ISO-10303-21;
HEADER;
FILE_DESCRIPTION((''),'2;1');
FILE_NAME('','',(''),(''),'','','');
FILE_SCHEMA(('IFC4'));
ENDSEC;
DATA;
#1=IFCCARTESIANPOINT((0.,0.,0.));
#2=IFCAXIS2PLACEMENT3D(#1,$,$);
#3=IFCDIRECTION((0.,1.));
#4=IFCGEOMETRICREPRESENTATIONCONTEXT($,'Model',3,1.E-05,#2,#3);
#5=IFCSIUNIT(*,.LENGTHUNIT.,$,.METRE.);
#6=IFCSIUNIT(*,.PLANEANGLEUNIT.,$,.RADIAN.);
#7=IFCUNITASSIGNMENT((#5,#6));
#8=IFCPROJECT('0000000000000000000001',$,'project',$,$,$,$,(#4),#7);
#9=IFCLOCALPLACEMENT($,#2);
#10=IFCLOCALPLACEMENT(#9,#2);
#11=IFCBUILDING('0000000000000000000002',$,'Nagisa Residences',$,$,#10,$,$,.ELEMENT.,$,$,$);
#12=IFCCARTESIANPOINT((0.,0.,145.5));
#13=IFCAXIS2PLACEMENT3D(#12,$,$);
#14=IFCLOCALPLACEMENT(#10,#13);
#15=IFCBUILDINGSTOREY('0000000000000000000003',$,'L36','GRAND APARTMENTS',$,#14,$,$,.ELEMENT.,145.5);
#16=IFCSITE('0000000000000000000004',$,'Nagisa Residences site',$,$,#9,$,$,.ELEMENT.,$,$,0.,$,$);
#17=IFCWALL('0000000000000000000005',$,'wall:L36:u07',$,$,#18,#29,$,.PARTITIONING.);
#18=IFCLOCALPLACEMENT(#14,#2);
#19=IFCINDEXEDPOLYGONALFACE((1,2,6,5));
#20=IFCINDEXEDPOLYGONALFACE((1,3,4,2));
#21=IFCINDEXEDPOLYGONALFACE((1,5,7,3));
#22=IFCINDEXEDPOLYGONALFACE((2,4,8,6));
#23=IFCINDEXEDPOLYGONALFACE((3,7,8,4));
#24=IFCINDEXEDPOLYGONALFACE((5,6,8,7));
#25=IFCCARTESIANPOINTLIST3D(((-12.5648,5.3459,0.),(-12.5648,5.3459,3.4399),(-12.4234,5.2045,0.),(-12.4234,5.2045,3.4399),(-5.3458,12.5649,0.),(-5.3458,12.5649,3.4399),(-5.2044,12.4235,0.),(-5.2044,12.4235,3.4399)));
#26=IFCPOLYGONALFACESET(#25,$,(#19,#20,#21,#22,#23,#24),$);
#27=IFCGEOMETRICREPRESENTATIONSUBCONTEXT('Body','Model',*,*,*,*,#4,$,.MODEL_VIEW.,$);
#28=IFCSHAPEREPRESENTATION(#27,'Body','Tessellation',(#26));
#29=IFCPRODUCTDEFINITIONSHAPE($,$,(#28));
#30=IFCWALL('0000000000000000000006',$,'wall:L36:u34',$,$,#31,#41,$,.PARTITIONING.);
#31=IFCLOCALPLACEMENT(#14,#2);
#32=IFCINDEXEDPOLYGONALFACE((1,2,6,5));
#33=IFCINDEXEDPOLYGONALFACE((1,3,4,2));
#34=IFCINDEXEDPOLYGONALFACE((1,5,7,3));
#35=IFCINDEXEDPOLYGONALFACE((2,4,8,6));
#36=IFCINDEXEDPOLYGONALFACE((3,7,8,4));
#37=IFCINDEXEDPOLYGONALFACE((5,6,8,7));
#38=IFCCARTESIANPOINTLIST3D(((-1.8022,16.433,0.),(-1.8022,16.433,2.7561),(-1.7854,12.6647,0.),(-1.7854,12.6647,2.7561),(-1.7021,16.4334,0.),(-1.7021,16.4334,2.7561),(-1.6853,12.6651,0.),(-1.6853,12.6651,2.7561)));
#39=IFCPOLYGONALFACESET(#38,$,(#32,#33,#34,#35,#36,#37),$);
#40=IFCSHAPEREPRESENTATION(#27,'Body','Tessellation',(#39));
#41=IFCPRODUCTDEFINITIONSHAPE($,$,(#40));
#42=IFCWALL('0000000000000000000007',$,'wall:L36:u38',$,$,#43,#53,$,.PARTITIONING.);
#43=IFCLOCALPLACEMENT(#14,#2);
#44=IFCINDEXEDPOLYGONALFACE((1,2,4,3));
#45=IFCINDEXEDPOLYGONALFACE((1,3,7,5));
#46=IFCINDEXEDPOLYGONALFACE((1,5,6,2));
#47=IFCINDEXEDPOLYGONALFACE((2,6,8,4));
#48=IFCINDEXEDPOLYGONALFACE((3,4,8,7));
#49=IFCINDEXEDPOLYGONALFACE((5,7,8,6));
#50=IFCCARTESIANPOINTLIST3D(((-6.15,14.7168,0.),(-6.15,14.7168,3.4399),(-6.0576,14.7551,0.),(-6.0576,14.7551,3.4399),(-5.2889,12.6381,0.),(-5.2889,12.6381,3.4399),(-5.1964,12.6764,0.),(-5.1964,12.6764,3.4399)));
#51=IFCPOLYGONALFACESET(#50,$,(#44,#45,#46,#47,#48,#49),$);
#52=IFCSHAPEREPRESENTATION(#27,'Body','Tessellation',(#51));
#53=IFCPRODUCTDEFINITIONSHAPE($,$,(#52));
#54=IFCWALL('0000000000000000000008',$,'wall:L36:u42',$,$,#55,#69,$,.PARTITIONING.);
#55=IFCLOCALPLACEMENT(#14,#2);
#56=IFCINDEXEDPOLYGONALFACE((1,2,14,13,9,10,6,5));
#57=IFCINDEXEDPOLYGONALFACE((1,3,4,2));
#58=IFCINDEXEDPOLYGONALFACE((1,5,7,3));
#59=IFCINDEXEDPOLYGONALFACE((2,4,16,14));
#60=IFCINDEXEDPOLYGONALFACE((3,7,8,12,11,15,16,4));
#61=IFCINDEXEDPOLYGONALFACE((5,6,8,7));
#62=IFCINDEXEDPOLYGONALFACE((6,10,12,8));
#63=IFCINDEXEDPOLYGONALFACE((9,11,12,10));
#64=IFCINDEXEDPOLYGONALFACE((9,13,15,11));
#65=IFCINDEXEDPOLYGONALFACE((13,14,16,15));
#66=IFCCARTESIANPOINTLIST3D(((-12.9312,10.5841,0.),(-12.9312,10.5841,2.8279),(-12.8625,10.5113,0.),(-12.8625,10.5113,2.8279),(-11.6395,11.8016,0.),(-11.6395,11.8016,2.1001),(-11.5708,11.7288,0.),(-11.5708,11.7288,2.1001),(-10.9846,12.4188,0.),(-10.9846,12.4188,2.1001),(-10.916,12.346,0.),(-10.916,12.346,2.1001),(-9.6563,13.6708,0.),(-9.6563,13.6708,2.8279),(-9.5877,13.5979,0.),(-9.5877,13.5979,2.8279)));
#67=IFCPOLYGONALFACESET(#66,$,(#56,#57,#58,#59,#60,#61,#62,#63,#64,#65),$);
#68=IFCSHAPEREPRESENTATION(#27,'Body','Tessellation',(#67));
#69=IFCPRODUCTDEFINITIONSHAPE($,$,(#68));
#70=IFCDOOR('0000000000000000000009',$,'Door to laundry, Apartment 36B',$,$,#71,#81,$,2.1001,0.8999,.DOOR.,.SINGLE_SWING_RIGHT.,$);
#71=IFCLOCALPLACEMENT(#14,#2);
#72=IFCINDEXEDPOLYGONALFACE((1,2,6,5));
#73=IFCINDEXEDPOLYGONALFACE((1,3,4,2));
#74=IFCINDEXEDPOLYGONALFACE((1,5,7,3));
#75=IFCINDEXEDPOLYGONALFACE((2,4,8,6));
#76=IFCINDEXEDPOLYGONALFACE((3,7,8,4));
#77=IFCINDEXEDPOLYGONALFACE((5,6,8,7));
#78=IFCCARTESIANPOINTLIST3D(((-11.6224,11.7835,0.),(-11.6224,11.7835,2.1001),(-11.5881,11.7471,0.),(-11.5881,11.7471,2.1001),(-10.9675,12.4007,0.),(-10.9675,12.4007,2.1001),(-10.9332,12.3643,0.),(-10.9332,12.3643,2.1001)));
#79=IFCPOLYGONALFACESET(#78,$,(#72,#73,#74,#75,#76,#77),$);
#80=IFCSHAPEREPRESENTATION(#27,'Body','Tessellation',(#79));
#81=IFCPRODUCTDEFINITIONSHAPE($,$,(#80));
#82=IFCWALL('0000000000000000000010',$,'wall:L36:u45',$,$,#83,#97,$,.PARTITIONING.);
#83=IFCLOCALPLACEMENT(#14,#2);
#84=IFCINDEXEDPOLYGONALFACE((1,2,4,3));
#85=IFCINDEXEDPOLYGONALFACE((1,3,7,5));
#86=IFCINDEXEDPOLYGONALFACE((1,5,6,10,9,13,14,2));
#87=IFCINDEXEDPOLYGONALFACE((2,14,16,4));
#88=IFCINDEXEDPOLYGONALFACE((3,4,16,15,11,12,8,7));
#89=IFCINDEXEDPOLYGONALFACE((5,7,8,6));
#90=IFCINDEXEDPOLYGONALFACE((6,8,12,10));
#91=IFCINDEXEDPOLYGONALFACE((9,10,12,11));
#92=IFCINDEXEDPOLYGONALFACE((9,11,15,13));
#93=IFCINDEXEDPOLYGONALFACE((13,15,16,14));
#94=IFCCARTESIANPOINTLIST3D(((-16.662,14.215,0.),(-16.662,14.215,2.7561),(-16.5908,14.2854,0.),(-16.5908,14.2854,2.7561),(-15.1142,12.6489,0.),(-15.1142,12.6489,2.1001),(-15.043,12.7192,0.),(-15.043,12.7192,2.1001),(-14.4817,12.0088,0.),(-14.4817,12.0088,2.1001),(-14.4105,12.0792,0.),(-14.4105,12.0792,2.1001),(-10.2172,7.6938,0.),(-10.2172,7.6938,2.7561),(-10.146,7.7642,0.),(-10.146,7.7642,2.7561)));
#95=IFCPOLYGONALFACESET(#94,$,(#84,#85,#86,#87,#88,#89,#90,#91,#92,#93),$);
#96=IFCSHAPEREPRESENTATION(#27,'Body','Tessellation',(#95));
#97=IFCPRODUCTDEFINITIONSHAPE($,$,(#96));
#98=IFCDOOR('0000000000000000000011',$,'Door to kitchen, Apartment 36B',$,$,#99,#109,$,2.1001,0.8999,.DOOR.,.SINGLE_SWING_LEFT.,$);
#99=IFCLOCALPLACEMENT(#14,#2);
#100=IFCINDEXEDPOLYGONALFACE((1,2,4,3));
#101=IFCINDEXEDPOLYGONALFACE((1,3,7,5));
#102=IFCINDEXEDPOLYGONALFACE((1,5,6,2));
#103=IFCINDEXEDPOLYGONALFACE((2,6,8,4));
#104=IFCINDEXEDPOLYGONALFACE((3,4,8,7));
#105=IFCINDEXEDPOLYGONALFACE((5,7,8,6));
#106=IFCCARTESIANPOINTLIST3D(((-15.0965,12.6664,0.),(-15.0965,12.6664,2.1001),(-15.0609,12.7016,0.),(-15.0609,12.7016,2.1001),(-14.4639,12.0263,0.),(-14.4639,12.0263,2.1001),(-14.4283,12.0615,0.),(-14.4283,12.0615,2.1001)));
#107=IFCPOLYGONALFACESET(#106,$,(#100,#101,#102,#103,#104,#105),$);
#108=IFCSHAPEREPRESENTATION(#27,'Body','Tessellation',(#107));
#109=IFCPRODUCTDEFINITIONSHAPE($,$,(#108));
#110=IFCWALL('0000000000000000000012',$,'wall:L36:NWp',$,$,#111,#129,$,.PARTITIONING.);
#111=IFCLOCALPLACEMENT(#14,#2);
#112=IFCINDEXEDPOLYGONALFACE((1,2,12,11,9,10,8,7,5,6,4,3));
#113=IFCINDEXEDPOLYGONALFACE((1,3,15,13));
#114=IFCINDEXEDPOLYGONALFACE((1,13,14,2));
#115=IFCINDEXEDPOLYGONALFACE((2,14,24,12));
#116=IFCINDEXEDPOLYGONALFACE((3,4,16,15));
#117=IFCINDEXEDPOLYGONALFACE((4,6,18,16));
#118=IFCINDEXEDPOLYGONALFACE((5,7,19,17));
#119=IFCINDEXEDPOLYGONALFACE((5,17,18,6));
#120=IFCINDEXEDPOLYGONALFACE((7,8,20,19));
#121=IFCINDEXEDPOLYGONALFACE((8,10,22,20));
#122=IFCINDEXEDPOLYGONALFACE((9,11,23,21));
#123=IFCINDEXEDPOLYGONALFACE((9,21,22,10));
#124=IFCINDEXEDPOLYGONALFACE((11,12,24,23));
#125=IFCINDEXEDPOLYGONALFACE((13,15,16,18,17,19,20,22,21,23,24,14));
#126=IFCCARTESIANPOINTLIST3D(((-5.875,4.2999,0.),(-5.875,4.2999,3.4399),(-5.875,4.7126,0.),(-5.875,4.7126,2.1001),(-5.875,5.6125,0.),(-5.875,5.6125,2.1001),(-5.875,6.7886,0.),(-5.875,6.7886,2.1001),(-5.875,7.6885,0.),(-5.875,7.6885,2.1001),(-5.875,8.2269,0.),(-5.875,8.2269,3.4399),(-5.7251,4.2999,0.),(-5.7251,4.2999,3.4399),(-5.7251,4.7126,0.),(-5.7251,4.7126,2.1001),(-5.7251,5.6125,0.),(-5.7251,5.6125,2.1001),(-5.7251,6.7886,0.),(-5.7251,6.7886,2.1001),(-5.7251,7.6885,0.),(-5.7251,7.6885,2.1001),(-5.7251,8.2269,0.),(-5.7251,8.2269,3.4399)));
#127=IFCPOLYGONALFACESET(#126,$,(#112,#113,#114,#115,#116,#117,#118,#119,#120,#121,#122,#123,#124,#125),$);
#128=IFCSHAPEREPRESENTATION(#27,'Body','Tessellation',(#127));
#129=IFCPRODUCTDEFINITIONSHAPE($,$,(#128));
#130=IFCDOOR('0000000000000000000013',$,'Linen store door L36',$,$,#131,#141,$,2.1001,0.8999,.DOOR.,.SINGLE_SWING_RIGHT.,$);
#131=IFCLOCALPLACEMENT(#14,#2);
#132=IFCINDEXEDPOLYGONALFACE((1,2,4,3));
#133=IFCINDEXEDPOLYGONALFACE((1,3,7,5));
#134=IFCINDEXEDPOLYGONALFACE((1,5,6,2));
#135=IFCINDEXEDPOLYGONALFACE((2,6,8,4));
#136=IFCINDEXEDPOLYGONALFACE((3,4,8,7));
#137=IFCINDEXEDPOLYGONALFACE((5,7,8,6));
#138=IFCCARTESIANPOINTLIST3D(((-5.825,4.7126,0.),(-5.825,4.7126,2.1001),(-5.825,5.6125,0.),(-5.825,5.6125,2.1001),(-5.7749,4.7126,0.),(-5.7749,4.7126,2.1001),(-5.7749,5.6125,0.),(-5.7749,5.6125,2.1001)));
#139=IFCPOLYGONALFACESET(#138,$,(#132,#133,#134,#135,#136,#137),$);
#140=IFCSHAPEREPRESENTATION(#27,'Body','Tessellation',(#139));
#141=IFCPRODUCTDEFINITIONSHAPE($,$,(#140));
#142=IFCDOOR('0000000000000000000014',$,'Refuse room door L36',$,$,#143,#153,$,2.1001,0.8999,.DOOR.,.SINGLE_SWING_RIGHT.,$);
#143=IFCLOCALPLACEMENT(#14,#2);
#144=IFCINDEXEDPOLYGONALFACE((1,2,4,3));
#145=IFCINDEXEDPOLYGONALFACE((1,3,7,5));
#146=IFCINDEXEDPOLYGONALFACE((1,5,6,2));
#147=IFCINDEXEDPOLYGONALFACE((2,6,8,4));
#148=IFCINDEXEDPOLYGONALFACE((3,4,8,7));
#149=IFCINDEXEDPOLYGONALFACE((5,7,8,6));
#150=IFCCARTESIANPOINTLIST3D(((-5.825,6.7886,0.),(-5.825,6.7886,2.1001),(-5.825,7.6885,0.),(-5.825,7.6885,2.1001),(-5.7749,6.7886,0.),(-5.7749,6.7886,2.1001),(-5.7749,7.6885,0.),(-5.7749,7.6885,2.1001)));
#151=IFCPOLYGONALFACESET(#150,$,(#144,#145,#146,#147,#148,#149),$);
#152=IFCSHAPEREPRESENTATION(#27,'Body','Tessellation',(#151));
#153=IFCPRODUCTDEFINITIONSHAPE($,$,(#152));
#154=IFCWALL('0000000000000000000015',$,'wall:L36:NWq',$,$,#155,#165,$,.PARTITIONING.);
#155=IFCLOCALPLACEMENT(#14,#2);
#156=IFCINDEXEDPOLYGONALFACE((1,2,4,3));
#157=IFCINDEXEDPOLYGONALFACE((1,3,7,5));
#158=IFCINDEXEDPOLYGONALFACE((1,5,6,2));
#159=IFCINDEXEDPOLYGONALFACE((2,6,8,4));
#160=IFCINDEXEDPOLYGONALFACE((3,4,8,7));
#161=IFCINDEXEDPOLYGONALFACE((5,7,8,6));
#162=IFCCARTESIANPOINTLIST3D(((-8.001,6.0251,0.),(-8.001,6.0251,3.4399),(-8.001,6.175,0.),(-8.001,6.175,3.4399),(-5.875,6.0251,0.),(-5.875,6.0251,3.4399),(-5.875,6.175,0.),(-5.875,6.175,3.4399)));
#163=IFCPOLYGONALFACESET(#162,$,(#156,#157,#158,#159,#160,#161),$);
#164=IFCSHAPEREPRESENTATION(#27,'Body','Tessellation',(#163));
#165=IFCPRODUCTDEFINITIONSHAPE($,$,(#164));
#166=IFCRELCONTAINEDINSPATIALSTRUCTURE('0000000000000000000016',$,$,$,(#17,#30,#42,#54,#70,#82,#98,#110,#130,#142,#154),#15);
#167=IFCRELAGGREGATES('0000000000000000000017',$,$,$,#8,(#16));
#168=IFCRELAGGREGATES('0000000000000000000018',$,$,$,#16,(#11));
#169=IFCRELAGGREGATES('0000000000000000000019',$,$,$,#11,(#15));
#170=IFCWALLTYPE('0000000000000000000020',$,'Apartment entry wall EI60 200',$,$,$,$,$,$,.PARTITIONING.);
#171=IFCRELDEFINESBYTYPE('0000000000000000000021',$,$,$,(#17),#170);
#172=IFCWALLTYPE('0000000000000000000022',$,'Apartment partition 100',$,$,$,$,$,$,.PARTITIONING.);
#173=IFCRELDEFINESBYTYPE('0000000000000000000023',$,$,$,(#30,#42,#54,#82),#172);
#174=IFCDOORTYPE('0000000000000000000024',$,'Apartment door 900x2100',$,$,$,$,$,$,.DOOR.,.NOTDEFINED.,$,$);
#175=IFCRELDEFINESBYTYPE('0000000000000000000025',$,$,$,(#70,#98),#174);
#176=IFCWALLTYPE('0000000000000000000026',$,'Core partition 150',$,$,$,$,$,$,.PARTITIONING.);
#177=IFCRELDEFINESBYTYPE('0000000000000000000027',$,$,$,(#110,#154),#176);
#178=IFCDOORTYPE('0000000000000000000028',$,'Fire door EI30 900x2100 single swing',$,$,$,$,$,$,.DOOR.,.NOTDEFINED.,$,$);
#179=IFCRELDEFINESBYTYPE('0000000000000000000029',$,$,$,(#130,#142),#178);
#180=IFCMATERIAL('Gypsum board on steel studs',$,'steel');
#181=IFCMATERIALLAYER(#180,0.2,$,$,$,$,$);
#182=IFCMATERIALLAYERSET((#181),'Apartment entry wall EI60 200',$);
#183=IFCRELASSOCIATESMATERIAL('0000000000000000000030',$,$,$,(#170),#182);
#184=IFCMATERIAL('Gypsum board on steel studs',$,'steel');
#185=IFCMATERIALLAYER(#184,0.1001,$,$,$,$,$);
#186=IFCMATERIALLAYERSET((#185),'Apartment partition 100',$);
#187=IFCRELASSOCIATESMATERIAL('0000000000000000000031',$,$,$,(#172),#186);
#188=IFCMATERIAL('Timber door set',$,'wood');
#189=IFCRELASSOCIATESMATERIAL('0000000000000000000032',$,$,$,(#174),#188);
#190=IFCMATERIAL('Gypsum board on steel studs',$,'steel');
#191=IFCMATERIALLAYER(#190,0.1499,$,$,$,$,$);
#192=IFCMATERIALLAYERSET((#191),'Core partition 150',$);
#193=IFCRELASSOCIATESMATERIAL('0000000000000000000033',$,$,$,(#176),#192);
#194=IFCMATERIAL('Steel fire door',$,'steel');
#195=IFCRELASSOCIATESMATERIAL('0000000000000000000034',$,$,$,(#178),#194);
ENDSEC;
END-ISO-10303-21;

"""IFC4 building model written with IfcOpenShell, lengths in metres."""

from ifc_helpers import new_model, si_unit, direction, frame, frame_2d, origin, place, context, subcontext, project, spatial, rectangle, extrude, material, layer, layer_set, type_object, element, fill, save


model = new_model("IFC4")

# Units and contexts
model_context = context("Model", 3, precision=1e-05, world=origin(), true_north=direction((0.0, 1.0)))
body_context = subcontext(model_context, "Body", "Model", "MODEL_VIEW")
ifc_project = project(units=[si_unit("LENGTHUNIT", "METRE"), si_unit("PLANEANGLEUNIT", "RADIAN")], contexts=[model_context])

# Site, building, storey
site_placement = place(None, origin())
site = spatial("IfcSite", under=ifc_project, at=site_placement, Name="Nagisa Residences site", CompositionType="ELEMENT", RefElevation=0.0)
building_placement = place(site_placement, origin())
building = spatial("IfcBuilding", under=site, at=building_placement, Name="Nagisa Residences", CompositionType="ELEMENT")
storey_placement = place(building_placement, frame((0.0, 0.0, 145.5)))
storey = spatial("IfcBuildingStorey", under=building, at=storey_placement, Name="L36", Description="GRAND APARTMENTS", CompositionType="ELEMENT", Elevation=145.5)

# Walls
ifc_material_1 = material(Name="Gypsum board on steel studs", Category="steel")
ifc_layer_1 = layer(ifc_material_1, 0.2)
ifc_layer_set_1 = layer_set([ifc_layer_1], Name="Apartment entry wall EI60 200")
wall_type_1 = type_object("IfcWallType", Name="Apartment entry wall EI60 200", PredefinedType="PARTITIONING", material=ifc_layer_set_1)
wall_1_placement = place(storey_placement, frame((-5.2751, 12.4941, 0.0), z_axis=(0.0, 0.0, 1.0), x_axis=(-0.707107, -0.707107, 0.0)))
element("IfcWall", 1, at=wall_1_placement, inside=storey, type_object=wall_type_1, Name="wall:L36:u07", PredefinedType="PARTITIONING", context=body_context, shape_type="SweptSolid", body=[
    extrude(rectangle(XDim=10.2092, YDim=0.2, at=frame_2d((5.1045, 0.0))), origin(), (0.0, 0.0, 1.0), 3.4399),
])
ifc_material_2 = material(Name="Gypsum board on steel studs", Category="steel")
ifc_layer_2 = layer(ifc_material_2, 0.1001)
ifc_layer_set_2 = layer_set([ifc_layer_2], Name="Apartment partition 100")
wall_type_2 = type_object("IfcWallType", Name="Apartment partition 100", PredefinedType="PARTITIONING", material=ifc_layer_set_2)
wall_2_placement = place(storey_placement, frame((-1.7354, 12.6648, 0.0), z_axis=(0.0, 0.0, 1.0), x_axis=(-0.00447, 0.99999, 0.0)))
element("IfcWall", 2, at=wall_2_placement, inside=storey, type_object=wall_type_2, Name="wall:L36:u34", PredefinedType="PARTITIONING", context=body_context, shape_type="SweptSolid", body=[
    extrude(rectangle(XDim=3.7683, YDim=0.1001, at=frame_2d((1.8843, 0.0))), origin(), (0.0, 0.0, 1.0), 2.7561),
])
wall_3_placement = place(storey_placement, frame((-5.2427, 12.6572, 0.0), z_axis=(0.0, 0.0, 1.0), x_axis=(-0.382719, 0.923865, 0.0)))
element("IfcWall", 3, at=wall_3_placement, inside=storey, type_object=wall_type_2, Name="wall:L36:u38", PredefinedType="PARTITIONING", context=body_context, shape_type="SweptSolid", body=[
    extrude(rectangle(XDim=2.25, YDim=0.1001, at=frame_2d((1.125, 0.0))), origin(), (0.0, 0.0, 1.0), 3.4399),
])

# Walls, openings, doors
wall_4_placement = place(storey_placement, frame((-9.6221, 13.6343, 0.0), z_axis=(0.0, 0.0, 1.0), x_axis=(-0.727711, -0.685884, 0.0)))
wall_4 = element("IfcWall", 4, at=wall_4_placement, inside=storey, type_object=wall_type_2, Name="wall:L36:u42", PredefinedType="PARTITIONING", context=body_context, shape_type="SweptSolid", body=[
    extrude(rectangle(XDim=4.5002, YDim=0.1001, at=frame_2d((2.25, 0.0))), origin(), (0.0, 0.0, 1.0), 2.8279),
])
opening_1_placement = place(wall_4_placement, frame((1.8252, 0.0, 0.0)))
opening_1 = element("IfcOpeningElement", 5, at=opening_1_placement, cuts=wall_4, PredefinedType="OPENING", context=body_context, shape_type="SweptSolid", body=[
    extrude(rectangle(XDim=0.8999, YDim=2.1001, at=frame_2d((0.45, 1.05))), frame((0.0, 0.0601, 0.0), z_axis=(0.0, -1.0, 0.0), x_axis=(1.0, 0.0, 0.0)), (0.0, 0.0, 1.0), 0.1201),
])
ifc_material_3 = material(Name="Timber door set", Category="wood")
door_type_1 = type_object("IfcDoorType", Name="Apartment door 900x2100", OperationType="NOTDEFINED", PredefinedType="DOOR", material=ifc_material_3)
door_1_placement = place(opening_1_placement, origin())
door_1 = element("IfcDoor", 6, at=door_1_placement, inside=storey, type_object=door_type_1, Name="Door to laundry, Apartment 36B", OperationType="SINGLE_SWING_RIGHT", OverallHeight=2.1001, OverallWidth=0.8999, PredefinedType="DOOR", context=body_context, shape_type="SweptSolid", body=[
    extrude(rectangle(XDim=0.8999, YDim=2.1001, at=frame_2d((0.45, 1.05))), frame((0.0, 0.0249, 0.0), z_axis=(0.0, -1.0, 0.0), x_axis=(1.0, 0.0, 0.0)), (0.0, 0.0, 1.0), 0.05),
])
fill(opening_1, door_1)
wall_5_placement = place(storey_placement, frame((-10.1816, 7.729, 0.0), z_axis=(0.0, 0.0, 1.0), x_axis=(-0.702927, 0.711262, 0.0)))
wall_5 = element("IfcWall", 7, at=wall_5_placement, inside=storey, type_object=wall_type_2, Name="wall:L36:u45", PredefinedType="PARTITIONING", context=body_context, shape_type="SweptSolid", body=[
    extrude(rectangle(XDim=9.1685, YDim=0.1001, at=frame_2d((4.5842, 0.0))), origin(), (0.0, 0.0, 1.0), 2.7561),
])
opening_2_placement = place(wall_5_placement, frame((6.0667, 0.0, 0.0)))
opening_2 = element("IfcOpeningElement", 8, at=opening_2_placement, cuts=wall_5, PredefinedType="OPENING", context=body_context, shape_type="SweptSolid", body=[
    extrude(rectangle(XDim=0.8999, YDim=2.1001, at=frame_2d((0.45, 1.05))), frame((0.0, 0.0601, 0.0), z_axis=(0.0, -1.0, 0.0), x_axis=(1.0, 0.0, 0.0)), (0.0, 0.0, 1.0), 0.1201),
])
door_2_placement = place(opening_2_placement, frame((0.8999, 0.0, 0.0), x_axis=(-1.0, 0.0, 0.0)))
door_2 = element("IfcDoor", 9, at=door_2_placement, inside=storey, type_object=door_type_1, Name="Door to kitchen, Apartment 36B", OperationType="SINGLE_SWING_LEFT", OverallHeight=2.1001, OverallWidth=0.8999, PredefinedType="DOOR", context=body_context, shape_type="SweptSolid", body=[
    extrude(rectangle(XDim=0.8999, YDim=2.1001, at=frame_2d((0.45, 1.05))), frame((0.0, 0.0249, 0.0), z_axis=(0.0, -1.0, 0.0), x_axis=(1.0, 0.0, 0.0)), (0.0, 0.0, 1.0), 0.05),
])
fill(opening_2, door_2)

# Wall, openings, doors
ifc_material_4 = material(Name="Gypsum board on steel studs", Category="steel")
ifc_layer_3 = layer(ifc_material_4, 0.1499)
ifc_layer_set_3 = layer_set([ifc_layer_3], Name="Core partition 150")
wall_type_3 = type_object("IfcWallType", Name="Core partition 150", PredefinedType="PARTITIONING", material=ifc_layer_set_3)
wall_6_placement = place(storey_placement, frame((-5.8, 4.3, 0.0), z_axis=(0.0, 0.0, 1.0), x_axis=(0.0, 1.0, 0.0)))
wall_6 = element("IfcWall", 10, at=wall_6_placement, inside=storey, type_object=wall_type_3, Name="wall:L36:NWp", PredefinedType="PARTITIONING", context=body_context, shape_type="SweptSolid", body=[
    extrude(rectangle(XDim=3.927, YDim=0.1499, at=frame_2d((1.9634, 0.0))), origin(), (0.0, 0.0, 1.0), 3.4399),
])
opening_3_placement = place(wall_6_placement, frame((0.4126, 0.0, 0.0)))
opening_3 = element("IfcOpeningElement", 11, at=opening_3_placement, cuts=wall_6, PredefinedType="OPENING", context=body_context, shape_type="SweptSolid", body=[
    extrude(rectangle(XDim=0.8999, YDim=2.1001, at=frame_2d((0.45, 1.05))), frame((0.0, 0.085, 0.0), z_axis=(0.0, -1.0, 0.0), x_axis=(1.0, 0.0, 0.0)), (0.0, 0.0, 1.0), 0.1699),
])
opening_4_placement = place(wall_6_placement, frame((2.4885, 0.0, 0.0)))
opening_4 = element("IfcOpeningElement", 12, at=opening_4_placement, cuts=wall_6, PredefinedType="OPENING", context=body_context, shape_type="SweptSolid", body=[
    extrude(rectangle(XDim=0.8999, YDim=2.1001, at=frame_2d((0.45, 1.05))), frame((0.0, 0.085, 0.0), z_axis=(0.0, -1.0, 0.0), x_axis=(1.0, 0.0, 0.0)), (0.0, 0.0, 1.0), 0.1699),
])
ifc_material_5 = material(Name="Steel fire door", Category="steel")
door_type_2 = type_object("IfcDoorType", Name="Fire door EI30 900x2100 single swing", OperationType="NOTDEFINED", PredefinedType="DOOR", material=ifc_material_5)
door_3_placement = place(opening_3_placement, origin())
door_3 = element("IfcDoor", 13, at=door_3_placement, inside=storey, type_object=door_type_2, Name="Linen store door L36", OperationType="SINGLE_SWING_RIGHT", OverallHeight=2.1001, OverallWidth=0.8999, PredefinedType="DOOR", context=body_context, shape_type="SweptSolid", body=[
    extrude(rectangle(XDim=0.8999, YDim=2.1001, at=frame_2d((0.45, 1.05))), frame((0.0, 0.0249, 0.0), z_axis=(0.0, -1.0, 0.0), x_axis=(1.0, 0.0, 0.0)), (0.0, 0.0, 1.0), 0.05),
])
fill(opening_3, door_3)
door_4_placement = place(opening_4_placement, origin())
door_4 = element("IfcDoor", 14, at=door_4_placement, inside=storey, type_object=door_type_2, Name="Refuse room door L36", OperationType="SINGLE_SWING_RIGHT", OverallHeight=2.1001, OverallWidth=0.8999, PredefinedType="DOOR", context=body_context, shape_type="SweptSolid", body=[
    extrude(rectangle(XDim=0.8999, YDim=2.1001, at=frame_2d((0.45, 1.05))), frame((0.0, 0.0249, 0.0), z_axis=(0.0, -1.0, 0.0), x_axis=(1.0, 0.0, 0.0)), (0.0, 0.0, 1.0), 0.05),
])
fill(opening_4, door_4)

# Wall
wall_7_placement = place(storey_placement, frame((-8.001, 6.1001, 0.0), z_axis=(0.0, 0.0, 1.0), x_axis=(1.0, 0.0, 0.0)))
element("IfcWall", 15, at=wall_7_placement, inside=storey, type_object=wall_type_3, Name="wall:L36:NWq", PredefinedType="PARTITIONING", context=body_context, shape_type="SweptSolid", body=[
    extrude(rectangle(XDim=2.126, YDim=0.1499, at=frame_2d((1.063, 0.0))), origin(), (0.0, 0.0, 1.0), 3.4399),
])

save(model, "model.ifc")
